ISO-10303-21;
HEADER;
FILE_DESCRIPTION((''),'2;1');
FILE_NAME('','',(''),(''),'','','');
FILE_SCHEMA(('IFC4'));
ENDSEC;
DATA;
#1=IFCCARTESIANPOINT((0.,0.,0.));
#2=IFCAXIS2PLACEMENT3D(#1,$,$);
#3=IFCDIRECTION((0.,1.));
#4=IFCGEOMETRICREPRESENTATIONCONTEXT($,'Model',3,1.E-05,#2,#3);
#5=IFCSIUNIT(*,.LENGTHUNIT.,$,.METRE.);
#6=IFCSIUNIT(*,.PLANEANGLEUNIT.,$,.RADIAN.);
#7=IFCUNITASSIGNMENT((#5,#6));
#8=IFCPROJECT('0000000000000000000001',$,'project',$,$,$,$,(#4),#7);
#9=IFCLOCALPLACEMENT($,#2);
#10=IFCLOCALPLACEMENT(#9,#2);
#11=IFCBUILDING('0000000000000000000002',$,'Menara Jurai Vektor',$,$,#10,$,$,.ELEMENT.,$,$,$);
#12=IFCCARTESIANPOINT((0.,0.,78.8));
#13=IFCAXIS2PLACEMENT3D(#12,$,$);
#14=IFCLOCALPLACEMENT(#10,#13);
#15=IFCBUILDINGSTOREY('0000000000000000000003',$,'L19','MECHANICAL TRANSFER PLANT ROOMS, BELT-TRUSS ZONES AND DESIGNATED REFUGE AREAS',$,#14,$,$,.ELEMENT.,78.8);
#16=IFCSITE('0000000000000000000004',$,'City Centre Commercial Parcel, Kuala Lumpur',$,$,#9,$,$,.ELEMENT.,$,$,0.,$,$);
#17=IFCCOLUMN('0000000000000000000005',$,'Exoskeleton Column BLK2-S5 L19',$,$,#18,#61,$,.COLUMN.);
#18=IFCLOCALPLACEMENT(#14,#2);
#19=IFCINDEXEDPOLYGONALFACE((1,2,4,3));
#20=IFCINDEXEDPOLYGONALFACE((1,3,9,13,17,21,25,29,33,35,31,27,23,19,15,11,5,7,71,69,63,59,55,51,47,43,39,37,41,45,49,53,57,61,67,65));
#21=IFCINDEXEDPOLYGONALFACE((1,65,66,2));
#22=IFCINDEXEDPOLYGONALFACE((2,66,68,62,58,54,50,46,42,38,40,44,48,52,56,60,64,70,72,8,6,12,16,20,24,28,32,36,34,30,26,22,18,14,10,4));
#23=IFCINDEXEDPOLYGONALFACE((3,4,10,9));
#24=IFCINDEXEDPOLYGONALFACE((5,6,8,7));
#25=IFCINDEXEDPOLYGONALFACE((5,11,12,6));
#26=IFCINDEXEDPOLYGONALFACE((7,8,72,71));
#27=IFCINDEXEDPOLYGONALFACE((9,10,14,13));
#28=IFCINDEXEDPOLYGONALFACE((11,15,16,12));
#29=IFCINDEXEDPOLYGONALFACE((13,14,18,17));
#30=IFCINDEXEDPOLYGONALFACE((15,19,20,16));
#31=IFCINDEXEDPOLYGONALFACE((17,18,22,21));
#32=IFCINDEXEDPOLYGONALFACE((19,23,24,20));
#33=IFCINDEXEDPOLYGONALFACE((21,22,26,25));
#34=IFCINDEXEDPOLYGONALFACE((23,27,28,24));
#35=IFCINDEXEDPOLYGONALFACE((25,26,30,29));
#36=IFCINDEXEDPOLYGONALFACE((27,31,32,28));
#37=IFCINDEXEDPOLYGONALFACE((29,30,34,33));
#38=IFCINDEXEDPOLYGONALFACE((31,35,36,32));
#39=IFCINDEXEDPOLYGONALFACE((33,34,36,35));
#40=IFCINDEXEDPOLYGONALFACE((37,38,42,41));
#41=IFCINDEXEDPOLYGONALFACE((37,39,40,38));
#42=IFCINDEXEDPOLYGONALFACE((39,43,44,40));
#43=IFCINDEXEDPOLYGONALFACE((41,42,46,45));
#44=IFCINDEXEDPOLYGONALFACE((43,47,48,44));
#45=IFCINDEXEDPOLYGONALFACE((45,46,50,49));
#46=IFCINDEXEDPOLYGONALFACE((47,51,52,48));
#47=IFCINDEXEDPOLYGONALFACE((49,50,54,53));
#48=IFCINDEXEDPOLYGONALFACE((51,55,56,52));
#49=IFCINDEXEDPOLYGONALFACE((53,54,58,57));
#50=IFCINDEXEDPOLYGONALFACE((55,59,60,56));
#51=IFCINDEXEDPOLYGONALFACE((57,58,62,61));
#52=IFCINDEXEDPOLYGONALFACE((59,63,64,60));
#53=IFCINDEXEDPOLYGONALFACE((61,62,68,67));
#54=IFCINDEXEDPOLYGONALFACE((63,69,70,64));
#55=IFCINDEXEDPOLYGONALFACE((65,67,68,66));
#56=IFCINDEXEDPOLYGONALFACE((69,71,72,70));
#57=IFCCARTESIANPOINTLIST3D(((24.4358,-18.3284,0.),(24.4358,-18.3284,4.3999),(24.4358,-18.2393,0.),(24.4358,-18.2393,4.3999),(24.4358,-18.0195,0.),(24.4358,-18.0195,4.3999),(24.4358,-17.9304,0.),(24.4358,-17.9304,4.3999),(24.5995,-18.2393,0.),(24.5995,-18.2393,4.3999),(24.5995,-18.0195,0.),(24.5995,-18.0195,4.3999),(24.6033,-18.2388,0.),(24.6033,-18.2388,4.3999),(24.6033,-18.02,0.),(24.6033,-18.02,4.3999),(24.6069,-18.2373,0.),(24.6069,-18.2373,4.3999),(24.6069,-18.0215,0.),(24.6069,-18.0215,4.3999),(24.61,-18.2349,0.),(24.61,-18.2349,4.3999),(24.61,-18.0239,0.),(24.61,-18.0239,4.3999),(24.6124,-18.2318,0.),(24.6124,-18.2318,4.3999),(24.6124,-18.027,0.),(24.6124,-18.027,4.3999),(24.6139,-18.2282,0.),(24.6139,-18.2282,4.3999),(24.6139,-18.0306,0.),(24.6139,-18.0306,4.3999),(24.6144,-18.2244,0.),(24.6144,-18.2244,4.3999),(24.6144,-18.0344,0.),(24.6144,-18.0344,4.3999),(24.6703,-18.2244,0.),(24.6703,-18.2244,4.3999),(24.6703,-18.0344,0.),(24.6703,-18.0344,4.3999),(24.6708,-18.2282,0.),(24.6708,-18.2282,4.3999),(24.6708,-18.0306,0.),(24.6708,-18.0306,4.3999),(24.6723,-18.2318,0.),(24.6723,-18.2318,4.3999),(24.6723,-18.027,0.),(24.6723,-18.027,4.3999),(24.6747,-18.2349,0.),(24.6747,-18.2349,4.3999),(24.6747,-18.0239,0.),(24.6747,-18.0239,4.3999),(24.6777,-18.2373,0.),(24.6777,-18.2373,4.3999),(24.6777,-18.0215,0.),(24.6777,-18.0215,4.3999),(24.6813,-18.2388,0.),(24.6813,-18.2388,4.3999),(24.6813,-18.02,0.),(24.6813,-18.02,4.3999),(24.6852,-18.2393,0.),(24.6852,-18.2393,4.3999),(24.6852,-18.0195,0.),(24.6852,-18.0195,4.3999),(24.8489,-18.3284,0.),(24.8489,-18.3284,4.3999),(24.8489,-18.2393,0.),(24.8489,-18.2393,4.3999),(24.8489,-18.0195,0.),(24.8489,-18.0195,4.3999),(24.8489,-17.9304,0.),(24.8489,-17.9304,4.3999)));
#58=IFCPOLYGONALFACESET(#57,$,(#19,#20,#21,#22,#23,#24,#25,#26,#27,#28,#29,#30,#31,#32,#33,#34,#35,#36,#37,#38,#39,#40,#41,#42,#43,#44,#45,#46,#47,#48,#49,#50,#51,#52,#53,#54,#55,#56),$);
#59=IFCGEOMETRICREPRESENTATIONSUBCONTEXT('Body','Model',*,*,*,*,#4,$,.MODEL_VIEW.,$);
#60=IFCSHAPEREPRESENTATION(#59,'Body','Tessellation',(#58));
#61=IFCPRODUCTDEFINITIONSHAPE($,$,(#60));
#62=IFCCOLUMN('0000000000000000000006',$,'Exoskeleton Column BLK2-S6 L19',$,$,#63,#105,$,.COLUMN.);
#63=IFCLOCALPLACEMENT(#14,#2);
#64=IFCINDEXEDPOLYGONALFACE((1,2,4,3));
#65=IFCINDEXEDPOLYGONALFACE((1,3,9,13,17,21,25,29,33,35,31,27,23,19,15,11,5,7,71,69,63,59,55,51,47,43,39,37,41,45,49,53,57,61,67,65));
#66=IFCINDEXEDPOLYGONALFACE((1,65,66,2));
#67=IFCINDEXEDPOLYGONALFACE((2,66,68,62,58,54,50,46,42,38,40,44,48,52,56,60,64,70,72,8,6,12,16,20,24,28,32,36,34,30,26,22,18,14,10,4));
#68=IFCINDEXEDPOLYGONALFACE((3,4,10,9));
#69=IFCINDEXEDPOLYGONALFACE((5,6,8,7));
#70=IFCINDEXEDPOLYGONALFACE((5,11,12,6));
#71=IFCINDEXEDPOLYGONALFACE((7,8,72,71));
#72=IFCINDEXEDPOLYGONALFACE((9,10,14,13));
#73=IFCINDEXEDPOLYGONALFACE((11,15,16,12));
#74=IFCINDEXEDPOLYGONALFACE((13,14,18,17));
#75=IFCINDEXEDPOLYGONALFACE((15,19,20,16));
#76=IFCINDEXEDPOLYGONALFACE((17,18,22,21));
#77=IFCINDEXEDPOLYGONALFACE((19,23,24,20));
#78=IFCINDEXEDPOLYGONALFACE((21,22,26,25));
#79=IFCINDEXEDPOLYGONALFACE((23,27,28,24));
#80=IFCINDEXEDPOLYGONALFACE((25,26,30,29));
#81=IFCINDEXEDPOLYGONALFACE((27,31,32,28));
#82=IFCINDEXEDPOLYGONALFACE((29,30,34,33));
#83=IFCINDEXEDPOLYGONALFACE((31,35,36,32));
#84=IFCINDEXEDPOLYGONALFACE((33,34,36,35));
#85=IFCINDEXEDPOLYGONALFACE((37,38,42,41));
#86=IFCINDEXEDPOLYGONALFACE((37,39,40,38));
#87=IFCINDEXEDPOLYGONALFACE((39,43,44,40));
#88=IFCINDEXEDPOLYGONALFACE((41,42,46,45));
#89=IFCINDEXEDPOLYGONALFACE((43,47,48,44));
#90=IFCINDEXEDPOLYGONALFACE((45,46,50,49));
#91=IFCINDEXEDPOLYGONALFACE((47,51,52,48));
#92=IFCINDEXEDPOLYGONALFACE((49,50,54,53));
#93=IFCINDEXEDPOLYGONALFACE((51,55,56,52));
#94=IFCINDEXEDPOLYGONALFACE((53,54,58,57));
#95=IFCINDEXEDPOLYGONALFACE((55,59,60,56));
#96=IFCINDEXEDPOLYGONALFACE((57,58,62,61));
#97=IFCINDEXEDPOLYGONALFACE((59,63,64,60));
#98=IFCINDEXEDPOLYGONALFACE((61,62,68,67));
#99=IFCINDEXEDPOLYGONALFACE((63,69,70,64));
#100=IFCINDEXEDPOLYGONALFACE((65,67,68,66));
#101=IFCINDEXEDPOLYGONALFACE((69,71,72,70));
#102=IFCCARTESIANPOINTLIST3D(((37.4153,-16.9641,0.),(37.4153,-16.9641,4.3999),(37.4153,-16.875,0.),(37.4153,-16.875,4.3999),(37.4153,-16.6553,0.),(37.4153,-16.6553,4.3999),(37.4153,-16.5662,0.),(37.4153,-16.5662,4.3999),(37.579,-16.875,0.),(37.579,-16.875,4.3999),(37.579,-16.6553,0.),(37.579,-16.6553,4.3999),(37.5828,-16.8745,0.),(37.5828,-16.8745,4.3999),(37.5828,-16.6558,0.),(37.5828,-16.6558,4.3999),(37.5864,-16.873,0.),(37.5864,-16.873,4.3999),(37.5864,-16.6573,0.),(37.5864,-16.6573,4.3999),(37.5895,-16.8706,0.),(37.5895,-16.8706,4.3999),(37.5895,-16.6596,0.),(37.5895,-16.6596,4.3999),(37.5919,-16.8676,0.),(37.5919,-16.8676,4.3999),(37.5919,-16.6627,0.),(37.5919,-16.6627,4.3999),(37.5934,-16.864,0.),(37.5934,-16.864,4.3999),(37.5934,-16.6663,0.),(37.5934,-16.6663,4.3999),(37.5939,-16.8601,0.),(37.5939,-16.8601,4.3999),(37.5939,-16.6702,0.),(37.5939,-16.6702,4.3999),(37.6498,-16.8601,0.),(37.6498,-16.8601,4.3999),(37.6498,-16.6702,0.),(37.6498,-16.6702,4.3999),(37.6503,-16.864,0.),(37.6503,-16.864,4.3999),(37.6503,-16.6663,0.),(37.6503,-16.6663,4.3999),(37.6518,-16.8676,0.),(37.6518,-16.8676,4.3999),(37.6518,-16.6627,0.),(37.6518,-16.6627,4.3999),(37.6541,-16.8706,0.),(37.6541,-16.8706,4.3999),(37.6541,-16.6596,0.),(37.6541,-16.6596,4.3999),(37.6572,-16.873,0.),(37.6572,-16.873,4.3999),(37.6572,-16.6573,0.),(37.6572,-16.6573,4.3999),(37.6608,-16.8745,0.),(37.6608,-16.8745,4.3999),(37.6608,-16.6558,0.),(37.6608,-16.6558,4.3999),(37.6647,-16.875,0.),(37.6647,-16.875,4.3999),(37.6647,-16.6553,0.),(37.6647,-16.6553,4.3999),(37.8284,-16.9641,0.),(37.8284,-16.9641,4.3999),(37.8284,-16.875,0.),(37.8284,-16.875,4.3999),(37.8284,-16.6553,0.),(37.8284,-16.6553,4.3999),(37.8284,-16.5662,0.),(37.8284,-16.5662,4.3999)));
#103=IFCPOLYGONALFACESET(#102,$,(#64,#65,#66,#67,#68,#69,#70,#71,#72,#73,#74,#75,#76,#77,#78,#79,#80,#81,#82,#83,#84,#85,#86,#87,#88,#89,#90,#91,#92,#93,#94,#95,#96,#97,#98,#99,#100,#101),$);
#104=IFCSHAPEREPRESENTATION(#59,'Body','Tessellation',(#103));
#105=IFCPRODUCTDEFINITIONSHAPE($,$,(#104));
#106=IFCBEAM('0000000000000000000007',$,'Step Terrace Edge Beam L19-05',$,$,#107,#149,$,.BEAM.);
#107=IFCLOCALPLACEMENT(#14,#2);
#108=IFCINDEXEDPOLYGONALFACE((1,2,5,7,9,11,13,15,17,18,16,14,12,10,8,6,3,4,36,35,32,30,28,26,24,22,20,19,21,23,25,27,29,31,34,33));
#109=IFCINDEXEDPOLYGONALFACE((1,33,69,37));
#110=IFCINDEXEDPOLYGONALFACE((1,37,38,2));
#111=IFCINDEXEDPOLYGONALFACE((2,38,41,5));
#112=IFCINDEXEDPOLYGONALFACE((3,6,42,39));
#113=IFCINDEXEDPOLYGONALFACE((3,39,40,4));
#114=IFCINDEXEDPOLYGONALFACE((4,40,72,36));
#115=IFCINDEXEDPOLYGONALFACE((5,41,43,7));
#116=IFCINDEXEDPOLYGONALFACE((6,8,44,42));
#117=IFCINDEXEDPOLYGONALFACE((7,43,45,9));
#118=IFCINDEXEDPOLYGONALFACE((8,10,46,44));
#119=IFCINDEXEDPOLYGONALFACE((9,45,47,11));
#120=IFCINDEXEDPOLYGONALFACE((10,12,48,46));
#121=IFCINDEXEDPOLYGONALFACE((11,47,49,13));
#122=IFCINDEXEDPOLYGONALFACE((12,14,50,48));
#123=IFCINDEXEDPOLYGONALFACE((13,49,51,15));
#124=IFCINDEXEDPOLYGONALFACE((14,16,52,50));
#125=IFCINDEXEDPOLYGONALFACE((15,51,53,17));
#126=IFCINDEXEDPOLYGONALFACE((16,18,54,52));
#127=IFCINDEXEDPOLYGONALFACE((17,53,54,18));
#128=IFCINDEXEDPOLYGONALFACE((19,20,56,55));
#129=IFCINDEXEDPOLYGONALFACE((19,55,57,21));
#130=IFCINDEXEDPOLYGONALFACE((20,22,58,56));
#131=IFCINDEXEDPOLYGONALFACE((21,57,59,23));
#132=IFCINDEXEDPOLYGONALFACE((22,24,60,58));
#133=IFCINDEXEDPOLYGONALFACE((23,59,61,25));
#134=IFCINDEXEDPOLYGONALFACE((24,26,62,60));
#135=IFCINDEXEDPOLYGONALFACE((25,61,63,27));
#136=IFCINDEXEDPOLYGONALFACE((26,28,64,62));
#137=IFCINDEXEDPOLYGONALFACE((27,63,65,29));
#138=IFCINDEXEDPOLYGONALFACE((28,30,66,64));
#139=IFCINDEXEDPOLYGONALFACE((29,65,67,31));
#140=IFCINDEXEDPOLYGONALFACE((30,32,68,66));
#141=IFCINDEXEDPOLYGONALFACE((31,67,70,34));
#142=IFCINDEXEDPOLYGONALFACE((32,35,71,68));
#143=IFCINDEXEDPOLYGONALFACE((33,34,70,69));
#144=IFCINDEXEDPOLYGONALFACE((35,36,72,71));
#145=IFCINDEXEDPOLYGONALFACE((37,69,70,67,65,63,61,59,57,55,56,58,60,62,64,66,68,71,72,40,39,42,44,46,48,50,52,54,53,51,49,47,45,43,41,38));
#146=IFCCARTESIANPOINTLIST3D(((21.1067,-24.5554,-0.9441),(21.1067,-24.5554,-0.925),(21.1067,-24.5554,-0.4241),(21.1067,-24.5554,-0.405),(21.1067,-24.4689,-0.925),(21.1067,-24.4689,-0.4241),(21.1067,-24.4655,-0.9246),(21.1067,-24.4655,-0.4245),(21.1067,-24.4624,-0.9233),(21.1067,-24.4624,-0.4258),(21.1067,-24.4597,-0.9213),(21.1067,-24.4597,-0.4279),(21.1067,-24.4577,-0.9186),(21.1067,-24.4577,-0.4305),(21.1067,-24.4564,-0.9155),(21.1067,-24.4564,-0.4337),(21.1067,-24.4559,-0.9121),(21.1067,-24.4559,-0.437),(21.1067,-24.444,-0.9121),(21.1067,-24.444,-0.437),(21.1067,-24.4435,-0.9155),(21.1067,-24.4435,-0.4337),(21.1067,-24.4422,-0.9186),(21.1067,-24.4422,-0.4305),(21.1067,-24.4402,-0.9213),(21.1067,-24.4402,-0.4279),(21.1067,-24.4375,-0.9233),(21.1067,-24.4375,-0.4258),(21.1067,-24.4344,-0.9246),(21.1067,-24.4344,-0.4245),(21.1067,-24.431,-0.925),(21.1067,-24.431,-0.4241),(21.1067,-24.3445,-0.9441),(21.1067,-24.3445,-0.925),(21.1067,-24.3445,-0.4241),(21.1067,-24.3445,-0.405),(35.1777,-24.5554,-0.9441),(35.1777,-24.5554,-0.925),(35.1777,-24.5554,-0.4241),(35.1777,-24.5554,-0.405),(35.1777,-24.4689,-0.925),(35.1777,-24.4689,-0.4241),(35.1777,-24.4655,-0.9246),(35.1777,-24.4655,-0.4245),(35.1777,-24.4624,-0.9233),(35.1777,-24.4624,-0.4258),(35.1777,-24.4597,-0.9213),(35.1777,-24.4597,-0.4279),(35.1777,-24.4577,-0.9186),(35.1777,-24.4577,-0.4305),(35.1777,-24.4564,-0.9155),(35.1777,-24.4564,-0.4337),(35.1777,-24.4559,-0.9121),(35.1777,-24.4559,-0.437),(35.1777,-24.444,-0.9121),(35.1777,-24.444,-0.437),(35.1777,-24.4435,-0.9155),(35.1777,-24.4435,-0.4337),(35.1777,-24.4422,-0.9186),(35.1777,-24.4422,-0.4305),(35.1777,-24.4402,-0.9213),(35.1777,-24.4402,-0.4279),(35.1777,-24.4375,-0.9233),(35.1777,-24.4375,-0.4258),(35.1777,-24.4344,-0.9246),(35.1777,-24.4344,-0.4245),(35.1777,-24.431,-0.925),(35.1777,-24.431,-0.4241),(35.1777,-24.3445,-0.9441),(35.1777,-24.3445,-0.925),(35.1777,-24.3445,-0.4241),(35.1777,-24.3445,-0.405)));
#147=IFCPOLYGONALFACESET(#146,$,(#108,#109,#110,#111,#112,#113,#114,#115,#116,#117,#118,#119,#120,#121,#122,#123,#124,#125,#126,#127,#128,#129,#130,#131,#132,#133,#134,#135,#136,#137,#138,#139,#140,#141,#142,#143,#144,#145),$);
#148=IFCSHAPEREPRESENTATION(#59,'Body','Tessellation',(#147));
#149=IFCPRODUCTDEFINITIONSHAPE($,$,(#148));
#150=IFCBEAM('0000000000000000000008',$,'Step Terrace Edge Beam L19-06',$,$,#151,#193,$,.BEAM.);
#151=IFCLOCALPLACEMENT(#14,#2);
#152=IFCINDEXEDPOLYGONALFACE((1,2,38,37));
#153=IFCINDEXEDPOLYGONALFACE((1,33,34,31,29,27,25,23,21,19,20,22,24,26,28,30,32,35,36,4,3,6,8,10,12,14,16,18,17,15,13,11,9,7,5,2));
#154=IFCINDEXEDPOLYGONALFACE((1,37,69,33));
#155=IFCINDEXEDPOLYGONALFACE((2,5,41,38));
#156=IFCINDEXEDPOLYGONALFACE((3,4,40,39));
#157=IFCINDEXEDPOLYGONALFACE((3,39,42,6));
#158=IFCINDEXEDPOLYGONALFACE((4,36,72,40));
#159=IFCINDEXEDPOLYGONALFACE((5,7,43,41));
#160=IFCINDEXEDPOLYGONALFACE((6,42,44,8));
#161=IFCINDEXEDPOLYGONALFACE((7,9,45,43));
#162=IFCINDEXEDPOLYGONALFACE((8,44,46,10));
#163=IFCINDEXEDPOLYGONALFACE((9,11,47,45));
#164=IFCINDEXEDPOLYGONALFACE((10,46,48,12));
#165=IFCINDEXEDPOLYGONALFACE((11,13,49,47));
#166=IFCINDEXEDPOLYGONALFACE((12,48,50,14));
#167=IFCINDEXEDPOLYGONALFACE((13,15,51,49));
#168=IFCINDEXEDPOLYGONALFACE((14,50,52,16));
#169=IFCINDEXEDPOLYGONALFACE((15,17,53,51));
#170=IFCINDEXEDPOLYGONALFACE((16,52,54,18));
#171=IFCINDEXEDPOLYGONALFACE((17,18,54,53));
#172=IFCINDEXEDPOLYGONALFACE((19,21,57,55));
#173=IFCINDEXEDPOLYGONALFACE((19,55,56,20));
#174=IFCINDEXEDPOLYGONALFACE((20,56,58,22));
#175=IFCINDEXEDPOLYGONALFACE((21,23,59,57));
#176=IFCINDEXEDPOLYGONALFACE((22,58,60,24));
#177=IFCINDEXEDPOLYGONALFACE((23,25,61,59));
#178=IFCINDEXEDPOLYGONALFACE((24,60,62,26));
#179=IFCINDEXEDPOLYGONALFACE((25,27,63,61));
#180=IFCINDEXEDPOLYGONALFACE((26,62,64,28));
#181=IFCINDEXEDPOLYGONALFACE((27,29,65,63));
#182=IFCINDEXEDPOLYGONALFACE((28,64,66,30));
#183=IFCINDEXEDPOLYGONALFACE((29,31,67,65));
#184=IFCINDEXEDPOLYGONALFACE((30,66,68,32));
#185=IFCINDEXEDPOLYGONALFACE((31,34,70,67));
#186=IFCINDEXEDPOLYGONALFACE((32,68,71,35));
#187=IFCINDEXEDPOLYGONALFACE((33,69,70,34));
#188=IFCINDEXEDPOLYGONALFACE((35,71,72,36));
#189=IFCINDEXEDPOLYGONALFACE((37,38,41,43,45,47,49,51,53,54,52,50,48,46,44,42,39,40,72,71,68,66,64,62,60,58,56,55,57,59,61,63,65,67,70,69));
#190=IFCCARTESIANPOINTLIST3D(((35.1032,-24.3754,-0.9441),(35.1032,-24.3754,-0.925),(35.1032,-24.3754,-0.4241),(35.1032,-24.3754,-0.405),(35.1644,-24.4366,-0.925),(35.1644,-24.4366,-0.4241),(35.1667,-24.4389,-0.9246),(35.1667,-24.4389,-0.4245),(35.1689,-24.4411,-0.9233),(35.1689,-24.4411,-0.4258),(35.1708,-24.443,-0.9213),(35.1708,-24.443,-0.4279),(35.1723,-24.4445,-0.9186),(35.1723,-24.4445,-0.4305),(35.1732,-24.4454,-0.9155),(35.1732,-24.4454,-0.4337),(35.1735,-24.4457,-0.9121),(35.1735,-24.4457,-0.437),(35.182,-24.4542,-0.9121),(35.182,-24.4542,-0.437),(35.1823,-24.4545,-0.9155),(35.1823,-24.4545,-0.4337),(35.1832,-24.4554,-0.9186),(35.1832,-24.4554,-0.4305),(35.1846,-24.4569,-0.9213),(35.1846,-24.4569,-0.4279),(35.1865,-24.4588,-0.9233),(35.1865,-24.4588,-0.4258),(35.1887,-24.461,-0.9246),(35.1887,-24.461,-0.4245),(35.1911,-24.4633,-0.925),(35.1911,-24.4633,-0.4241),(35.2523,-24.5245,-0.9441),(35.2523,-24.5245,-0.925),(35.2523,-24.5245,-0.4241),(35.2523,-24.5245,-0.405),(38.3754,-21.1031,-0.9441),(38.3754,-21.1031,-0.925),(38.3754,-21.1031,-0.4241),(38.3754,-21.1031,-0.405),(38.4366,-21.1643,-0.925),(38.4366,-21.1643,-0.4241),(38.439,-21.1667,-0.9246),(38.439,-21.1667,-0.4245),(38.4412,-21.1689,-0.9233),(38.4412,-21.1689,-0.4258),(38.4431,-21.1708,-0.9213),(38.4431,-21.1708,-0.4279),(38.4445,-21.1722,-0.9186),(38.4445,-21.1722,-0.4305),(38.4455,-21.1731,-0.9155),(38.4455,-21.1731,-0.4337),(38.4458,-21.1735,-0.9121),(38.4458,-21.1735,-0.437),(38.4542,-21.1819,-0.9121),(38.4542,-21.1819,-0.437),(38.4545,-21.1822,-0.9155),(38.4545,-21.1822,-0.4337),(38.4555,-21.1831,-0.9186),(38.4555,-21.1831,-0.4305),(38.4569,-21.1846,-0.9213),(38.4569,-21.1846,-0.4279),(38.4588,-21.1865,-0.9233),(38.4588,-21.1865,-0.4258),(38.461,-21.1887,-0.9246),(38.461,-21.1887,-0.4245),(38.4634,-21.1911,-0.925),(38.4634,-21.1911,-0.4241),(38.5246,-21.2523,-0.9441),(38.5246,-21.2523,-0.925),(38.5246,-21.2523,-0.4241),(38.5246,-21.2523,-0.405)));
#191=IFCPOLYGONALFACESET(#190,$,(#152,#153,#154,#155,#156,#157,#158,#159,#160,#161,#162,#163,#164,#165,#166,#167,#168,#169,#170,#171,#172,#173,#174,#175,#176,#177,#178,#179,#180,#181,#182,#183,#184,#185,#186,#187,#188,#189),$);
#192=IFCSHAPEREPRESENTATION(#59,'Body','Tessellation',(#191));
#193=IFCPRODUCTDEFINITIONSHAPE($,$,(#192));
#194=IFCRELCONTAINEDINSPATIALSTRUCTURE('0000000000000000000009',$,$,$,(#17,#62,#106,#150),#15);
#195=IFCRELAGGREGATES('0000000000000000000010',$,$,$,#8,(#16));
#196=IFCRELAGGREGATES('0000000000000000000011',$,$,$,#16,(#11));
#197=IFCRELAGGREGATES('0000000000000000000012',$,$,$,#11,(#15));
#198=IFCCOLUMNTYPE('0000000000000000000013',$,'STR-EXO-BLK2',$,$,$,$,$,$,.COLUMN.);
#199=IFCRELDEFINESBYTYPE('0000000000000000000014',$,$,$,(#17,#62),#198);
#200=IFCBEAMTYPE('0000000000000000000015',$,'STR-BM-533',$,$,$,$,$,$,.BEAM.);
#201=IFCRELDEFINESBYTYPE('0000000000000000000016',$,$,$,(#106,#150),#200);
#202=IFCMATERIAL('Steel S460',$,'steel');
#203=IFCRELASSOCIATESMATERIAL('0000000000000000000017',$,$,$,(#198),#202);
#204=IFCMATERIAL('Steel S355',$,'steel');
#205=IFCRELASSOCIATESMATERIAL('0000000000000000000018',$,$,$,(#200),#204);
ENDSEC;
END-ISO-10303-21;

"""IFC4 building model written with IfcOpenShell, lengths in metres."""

from ifc_helpers import new_model, si_unit, direction, frame, origin, origin_2d, place, context, subcontext, project, spatial, i_section, extrude, material, material_profile, profile_set, type_object, element, save


model = new_model("IFC4")

# Units and contexts
model_context = context("Model", 3, precision=1e-05, world=origin(), true_north=direction((0.0, 1.0)))
body_context = subcontext(model_context, "Body", "Model", "MODEL_VIEW")
ifc_project = project(units=[si_unit("LENGTHUNIT", "METRE"), si_unit("PLANEANGLEUNIT", "RADIAN")], contexts=[model_context])

# Site, building, storey
site_placement = place(None, origin())
site = spatial("IfcSite", under=ifc_project, at=site_placement, Name="City Centre Commercial Parcel, Kuala Lumpur", CompositionType="ELEMENT", RefElevation=0.0)
building_placement = place(site_placement, origin())
building = spatial("IfcBuilding", under=site, at=building_placement, Name="Menara Jurai Vektor", CompositionType="ELEMENT")
storey_placement = place(building_placement, frame((0.0, 0.0, 78.8)))
storey = spatial("IfcBuildingStorey", under=building, at=storey_placement, Name="L19", Description="MECHANICAL TRANSFER PLANT ROOMS, BELT-TRUSS ZONES AND DESIGNATED REFUGE AREAS", CompositionType="ELEMENT", Elevation=78.8)

# Columns
ifc_material_1 = material(Name="Steel S460", Category="steel")
ifc_material_profile_1 = material_profile(ifc_material_1, i_section(OverallWidth=0.4131, OverallDepth=0.3979, WebThickness=0.0559, FlangeThickness=0.0891, FilletRadius=0.0149, at=origin_2d()), Name="HD 400x744")
ifc_profile_set_1 = profile_set([ifc_material_profile_1], Name="Steel S460")
column_type = type_object("IfcColumnType", Name="STR-EXO-BLK2", PredefinedType="COLUMN", material=ifc_profile_set_1)
for number, where, z_axis, x_axis, name in (
    (1, (24.6423, -18.1294, 0.0), (0.0, 0.0, 1.0), (1.0, 0.0, 0.0), "Exoskeleton Column BLK2-S5 L19"),
    (2, (37.6218, -16.7651, 0.0), (0.0, 0.0, 1.0), (1.0, 0.0, 0.0), "Exoskeleton Column BLK2-S6 L19"),
):
    element("IfcColumn", number, at=place(storey_placement, frame(where, z_axis=z_axis, x_axis=x_axis)), inside=storey, type_object=column_type, Name=name, PredefinedType="COLUMN", context=body_context, shape_type="SweptSolid", body=[
        extrude(i_section(OverallWidth=0.4131, OverallDepth=0.3979, WebThickness=0.0559, FlangeThickness=0.0891, FilletRadius=0.0149, at=origin_2d()), origin(), (0.0, 0.0, 1.0), 4.3999),
    ])

# Beams
ifc_material_2 = material(Name="Steel S355", Category="steel")
ifc_material_profile_2 = material_profile(ifc_material_2, i_section(OverallWidth=0.2109, OverallDepth=0.5391, WebThickness=0.012, FlangeThickness=0.019, FilletRadius=0.0129, at=origin_2d()), Name="UKB 533x210x109")
ifc_profile_set_2 = profile_set([ifc_material_profile_2], Name="Steel S355")
beam_type_1 = type_object("IfcBeamType", Name="STR-BM-533", PredefinedType="BEAM", material=ifc_profile_set_2)
beam_1_placement = place(storey_placement, frame((21.1067, -24.45, -0.6746), z_axis=(1.0, 0.0, 0.0), x_axis=(0.0, 1.0, 0.0)))
element("IfcBeam", 3, at=beam_1_placement, inside=storey, type_object=beam_type_1, Name="Step Terrace Edge Beam L19-05", PredefinedType="BEAM", context=body_context, shape_type="SweptSolid", body=[
    extrude(i_section(OverallWidth=0.2109, OverallDepth=0.5391, WebThickness=0.012, FlangeThickness=0.019, FilletRadius=0.0129, at=origin_2d()), origin(), (0.0, 0.0, 1.0), 14.071),
])
beam_2_placement = place(storey_placement, frame((35.1777, -24.45, -0.6746), z_axis=(0.707107, 0.707107, 0.0), x_axis=(-0.707107, 0.707107, 0.0)))
element("IfcBeam", 4, at=beam_2_placement, inside=storey, type_object=beam_type_1, Name="Step Terrace Edge Beam L19-06", PredefinedType="BEAM", context=body_context, shape_type="SweptSolid", body=[
    extrude(i_section(OverallWidth=0.2109, OverallDepth=0.5391, WebThickness=0.012, FlangeThickness=0.019, FilletRadius=0.0129, at=origin_2d()), origin(), (0.0, 0.0, 1.0), 4.6277),
])

save(model, "model.ifc")
